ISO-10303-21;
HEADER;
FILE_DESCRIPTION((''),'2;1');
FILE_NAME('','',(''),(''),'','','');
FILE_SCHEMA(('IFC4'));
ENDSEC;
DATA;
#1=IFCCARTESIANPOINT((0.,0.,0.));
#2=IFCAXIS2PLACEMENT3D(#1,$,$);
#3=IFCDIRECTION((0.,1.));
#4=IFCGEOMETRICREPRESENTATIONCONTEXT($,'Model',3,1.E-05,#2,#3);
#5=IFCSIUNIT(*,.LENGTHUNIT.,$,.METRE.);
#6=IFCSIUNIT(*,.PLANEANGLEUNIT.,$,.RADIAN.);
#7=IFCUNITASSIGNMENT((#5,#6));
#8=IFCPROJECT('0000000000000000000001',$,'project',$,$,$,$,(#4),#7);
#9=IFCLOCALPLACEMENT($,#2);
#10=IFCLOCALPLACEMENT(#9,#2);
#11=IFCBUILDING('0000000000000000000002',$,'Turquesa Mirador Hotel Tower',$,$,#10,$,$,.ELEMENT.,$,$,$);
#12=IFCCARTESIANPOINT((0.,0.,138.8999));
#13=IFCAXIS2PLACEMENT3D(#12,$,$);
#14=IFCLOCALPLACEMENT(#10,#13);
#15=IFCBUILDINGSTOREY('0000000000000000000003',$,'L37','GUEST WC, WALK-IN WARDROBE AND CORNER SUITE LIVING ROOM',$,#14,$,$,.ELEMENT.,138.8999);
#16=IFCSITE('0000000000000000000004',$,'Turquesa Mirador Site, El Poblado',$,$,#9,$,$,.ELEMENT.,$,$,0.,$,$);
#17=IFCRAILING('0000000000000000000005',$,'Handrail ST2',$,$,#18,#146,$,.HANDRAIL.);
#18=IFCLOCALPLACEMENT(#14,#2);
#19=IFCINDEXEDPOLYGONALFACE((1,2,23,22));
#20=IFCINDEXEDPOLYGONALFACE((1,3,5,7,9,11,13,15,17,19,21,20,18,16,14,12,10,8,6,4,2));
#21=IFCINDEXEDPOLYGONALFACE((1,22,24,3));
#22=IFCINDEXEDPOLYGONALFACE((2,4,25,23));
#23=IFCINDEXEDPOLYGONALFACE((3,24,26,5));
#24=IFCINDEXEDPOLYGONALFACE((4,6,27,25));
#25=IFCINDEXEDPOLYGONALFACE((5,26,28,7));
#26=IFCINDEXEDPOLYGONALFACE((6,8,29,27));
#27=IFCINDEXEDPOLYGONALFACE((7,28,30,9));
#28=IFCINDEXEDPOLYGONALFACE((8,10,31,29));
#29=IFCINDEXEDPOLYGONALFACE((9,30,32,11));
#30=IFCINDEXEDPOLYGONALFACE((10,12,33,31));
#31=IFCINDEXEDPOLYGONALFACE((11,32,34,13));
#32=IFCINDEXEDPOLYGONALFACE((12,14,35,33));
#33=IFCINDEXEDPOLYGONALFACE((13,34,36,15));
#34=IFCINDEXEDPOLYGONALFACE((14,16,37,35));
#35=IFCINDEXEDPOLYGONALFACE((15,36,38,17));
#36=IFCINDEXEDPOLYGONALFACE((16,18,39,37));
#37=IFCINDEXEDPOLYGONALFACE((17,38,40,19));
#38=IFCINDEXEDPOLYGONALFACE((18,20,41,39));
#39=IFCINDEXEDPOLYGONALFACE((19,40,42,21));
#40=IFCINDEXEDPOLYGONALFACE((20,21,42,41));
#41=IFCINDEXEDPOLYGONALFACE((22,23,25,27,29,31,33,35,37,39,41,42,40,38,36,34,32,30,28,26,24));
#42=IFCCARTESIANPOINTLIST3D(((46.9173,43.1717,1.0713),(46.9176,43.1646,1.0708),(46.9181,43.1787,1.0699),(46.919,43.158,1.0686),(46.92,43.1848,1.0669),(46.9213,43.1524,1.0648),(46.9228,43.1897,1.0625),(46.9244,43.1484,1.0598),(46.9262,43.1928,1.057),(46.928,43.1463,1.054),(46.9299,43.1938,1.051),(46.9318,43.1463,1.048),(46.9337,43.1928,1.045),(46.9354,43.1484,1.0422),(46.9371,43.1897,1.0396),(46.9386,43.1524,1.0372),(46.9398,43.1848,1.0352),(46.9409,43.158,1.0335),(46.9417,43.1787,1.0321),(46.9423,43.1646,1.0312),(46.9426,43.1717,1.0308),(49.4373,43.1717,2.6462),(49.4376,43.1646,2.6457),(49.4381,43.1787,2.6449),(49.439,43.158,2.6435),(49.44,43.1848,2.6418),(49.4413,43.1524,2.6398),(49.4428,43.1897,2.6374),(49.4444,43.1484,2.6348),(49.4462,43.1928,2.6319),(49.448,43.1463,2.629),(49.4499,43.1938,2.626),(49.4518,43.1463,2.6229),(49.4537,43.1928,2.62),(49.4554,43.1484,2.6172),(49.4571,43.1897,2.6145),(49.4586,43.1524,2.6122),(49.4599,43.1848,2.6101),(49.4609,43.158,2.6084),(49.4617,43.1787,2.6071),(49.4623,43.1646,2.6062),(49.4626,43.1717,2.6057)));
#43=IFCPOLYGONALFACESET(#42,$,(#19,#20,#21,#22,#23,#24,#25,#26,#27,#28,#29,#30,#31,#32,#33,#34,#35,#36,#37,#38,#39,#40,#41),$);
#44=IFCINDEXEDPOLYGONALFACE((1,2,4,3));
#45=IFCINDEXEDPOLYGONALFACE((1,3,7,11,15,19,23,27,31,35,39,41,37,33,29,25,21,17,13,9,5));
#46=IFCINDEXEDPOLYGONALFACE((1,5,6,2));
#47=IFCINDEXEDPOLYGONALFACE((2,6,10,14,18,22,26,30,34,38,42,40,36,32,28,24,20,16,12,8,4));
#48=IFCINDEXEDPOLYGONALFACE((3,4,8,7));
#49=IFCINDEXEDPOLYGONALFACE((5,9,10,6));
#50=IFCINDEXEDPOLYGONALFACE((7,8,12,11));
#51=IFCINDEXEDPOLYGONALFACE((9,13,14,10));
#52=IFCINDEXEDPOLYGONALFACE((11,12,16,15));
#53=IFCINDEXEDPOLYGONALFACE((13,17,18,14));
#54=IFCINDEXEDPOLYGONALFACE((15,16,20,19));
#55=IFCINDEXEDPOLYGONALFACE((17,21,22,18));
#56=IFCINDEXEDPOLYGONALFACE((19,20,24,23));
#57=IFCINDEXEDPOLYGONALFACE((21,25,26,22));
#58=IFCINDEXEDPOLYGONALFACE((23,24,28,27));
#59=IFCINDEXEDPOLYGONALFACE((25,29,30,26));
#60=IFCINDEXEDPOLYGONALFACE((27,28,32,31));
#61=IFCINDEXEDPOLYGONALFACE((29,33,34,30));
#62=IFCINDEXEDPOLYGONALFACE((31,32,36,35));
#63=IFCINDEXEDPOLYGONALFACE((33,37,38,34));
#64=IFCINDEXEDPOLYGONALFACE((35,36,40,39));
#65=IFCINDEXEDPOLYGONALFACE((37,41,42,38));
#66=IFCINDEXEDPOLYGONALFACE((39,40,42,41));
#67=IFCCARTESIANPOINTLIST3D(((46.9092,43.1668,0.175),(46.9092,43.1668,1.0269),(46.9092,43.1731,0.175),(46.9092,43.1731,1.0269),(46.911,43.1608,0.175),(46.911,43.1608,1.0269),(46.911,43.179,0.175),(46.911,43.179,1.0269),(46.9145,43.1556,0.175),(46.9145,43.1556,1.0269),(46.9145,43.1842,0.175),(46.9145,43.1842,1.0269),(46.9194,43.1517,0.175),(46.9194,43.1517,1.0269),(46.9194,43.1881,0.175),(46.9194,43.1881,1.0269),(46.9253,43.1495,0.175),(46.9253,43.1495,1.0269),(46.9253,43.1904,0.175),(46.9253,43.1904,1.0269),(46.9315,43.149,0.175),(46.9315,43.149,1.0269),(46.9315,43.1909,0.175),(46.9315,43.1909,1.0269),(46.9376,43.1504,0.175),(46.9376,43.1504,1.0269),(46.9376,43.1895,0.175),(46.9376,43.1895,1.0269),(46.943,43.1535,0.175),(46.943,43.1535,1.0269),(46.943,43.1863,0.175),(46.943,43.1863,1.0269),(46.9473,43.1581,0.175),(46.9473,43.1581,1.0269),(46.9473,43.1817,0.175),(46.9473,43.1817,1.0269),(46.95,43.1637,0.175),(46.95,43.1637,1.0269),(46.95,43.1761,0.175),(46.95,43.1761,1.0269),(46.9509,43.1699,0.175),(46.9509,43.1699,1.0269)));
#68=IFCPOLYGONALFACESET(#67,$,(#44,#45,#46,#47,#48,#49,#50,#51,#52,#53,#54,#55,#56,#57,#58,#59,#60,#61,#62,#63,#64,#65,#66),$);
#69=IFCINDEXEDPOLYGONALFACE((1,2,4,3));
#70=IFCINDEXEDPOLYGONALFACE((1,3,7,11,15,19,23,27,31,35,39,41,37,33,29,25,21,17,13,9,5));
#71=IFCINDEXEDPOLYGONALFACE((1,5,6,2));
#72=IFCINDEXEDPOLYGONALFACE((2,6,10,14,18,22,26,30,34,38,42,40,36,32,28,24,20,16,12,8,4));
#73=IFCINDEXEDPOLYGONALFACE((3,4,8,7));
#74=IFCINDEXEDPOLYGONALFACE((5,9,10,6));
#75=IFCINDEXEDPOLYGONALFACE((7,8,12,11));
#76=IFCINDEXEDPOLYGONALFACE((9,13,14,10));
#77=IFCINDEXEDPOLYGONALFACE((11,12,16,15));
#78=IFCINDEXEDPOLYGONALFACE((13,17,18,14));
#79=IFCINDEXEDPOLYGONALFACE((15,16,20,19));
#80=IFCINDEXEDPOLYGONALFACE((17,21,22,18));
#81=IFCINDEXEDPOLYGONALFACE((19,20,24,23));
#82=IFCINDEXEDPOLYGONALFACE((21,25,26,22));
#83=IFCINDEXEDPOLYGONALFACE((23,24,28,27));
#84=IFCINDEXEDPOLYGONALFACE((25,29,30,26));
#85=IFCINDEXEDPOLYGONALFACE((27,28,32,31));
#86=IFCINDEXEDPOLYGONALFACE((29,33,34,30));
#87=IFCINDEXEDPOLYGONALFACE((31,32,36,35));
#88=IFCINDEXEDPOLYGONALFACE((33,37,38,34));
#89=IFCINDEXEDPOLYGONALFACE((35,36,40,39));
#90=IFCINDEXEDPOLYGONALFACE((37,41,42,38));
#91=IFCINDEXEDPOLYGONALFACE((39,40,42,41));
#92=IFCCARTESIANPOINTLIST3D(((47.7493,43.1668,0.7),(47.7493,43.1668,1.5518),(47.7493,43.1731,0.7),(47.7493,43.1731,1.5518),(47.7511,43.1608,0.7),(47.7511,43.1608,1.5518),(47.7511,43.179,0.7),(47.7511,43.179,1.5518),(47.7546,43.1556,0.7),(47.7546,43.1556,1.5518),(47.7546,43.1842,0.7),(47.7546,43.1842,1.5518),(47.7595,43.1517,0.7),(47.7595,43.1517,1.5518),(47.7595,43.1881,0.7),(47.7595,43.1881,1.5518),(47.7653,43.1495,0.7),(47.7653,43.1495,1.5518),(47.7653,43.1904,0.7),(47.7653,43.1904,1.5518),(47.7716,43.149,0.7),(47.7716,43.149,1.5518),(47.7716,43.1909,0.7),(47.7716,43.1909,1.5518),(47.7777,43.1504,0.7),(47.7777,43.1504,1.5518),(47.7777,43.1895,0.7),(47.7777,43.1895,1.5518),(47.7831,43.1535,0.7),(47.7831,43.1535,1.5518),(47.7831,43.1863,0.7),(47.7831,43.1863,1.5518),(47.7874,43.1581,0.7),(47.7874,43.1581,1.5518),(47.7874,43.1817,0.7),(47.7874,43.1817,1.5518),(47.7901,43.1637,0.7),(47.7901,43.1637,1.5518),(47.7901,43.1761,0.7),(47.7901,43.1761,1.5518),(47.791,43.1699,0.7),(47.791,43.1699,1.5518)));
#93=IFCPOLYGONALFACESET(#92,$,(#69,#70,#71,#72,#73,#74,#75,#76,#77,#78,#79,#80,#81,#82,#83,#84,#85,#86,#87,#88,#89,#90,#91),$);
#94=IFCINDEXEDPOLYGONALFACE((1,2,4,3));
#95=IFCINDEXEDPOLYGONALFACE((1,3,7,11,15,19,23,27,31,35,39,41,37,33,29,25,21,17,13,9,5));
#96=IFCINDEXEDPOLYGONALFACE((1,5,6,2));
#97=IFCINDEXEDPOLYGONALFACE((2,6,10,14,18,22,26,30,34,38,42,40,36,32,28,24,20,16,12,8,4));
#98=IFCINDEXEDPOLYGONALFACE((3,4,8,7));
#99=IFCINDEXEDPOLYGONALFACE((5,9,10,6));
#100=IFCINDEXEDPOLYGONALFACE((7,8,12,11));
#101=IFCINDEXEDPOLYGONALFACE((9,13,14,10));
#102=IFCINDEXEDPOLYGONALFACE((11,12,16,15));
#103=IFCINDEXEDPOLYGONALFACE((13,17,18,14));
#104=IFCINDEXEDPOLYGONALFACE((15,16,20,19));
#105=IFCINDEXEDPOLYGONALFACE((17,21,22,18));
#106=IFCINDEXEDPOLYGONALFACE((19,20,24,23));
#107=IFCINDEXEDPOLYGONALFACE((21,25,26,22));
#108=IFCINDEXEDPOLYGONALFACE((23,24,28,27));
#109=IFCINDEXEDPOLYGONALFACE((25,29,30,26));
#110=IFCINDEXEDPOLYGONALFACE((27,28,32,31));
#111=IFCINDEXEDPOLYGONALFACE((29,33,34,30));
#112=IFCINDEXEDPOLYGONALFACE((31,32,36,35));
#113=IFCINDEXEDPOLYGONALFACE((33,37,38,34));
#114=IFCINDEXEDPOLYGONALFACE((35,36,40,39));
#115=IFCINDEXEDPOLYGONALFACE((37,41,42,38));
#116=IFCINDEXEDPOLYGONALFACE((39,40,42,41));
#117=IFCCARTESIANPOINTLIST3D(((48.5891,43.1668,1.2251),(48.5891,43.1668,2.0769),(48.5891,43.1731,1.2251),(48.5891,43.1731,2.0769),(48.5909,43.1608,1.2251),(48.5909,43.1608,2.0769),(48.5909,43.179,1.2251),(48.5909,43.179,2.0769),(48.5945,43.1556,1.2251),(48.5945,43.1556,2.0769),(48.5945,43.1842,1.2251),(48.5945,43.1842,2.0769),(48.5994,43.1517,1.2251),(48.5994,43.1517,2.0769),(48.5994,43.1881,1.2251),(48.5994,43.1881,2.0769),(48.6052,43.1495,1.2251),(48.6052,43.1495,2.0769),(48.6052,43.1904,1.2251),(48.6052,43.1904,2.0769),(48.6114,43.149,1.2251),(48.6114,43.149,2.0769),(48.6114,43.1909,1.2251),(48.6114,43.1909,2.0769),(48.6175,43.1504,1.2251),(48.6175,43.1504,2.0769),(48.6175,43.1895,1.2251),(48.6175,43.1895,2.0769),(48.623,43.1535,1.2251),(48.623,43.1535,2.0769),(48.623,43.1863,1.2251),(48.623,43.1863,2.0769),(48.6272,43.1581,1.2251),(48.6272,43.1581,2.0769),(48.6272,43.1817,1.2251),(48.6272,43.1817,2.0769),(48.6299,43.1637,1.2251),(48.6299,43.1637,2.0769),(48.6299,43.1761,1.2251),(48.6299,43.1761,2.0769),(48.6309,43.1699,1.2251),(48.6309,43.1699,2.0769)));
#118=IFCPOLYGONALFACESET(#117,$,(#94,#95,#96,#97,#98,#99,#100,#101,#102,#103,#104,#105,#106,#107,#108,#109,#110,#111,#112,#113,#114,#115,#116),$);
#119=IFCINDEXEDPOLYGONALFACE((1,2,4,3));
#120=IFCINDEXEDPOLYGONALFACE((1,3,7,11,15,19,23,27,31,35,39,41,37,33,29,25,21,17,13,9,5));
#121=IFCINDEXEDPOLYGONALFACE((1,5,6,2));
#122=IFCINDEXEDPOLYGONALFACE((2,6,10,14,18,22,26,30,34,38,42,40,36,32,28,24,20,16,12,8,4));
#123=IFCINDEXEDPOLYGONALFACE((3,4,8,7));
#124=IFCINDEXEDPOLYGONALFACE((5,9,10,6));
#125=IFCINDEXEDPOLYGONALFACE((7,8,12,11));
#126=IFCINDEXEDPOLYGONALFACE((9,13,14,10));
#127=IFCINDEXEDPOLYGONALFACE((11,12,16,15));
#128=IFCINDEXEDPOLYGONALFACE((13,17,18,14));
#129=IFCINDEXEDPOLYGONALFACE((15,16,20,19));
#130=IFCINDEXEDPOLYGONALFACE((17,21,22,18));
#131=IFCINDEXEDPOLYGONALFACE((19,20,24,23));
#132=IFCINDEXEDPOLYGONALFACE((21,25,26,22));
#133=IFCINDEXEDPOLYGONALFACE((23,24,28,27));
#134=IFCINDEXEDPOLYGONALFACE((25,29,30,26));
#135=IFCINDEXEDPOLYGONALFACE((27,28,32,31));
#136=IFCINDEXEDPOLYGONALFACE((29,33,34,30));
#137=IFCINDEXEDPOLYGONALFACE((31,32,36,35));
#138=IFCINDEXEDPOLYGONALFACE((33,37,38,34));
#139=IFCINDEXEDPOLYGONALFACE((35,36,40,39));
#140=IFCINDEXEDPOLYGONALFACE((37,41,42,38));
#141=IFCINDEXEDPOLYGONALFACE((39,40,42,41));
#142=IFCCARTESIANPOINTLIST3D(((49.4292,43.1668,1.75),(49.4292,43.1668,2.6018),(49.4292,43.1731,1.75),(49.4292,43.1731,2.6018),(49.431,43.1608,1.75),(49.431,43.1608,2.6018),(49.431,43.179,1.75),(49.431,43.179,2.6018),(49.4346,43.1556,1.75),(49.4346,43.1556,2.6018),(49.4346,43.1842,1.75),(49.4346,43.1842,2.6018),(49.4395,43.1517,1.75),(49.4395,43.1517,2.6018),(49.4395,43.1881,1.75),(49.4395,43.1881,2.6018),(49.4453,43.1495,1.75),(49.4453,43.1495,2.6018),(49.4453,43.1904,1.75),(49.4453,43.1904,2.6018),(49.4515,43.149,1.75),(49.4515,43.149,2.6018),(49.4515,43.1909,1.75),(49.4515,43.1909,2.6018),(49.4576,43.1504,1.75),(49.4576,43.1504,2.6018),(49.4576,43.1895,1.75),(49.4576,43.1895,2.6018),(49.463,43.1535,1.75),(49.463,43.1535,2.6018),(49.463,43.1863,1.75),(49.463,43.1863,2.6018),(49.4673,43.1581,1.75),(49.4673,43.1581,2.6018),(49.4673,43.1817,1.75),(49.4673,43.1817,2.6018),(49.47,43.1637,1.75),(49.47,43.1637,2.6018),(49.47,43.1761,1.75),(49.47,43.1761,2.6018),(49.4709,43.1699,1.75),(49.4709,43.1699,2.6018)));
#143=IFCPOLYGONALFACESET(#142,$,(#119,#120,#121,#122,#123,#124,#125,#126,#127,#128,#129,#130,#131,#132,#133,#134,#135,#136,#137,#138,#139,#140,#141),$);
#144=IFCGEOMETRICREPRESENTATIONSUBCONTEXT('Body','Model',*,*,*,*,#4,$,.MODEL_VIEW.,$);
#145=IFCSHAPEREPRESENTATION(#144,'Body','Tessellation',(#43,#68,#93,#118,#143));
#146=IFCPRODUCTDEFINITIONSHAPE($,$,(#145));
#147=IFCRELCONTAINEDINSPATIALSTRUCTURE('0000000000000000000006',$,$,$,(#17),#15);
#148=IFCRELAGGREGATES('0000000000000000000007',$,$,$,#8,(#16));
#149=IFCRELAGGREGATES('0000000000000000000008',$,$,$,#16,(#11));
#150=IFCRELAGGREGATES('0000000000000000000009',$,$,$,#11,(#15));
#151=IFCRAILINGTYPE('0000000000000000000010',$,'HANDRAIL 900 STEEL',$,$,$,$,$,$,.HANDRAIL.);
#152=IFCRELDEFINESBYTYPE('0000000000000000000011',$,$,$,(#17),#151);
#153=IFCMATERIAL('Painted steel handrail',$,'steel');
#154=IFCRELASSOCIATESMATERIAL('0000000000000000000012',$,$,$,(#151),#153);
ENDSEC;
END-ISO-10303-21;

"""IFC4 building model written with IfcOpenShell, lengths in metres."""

from ifc_helpers import new_model, si_unit, direction, frame, origin, origin_2d, place, context, subcontext, project, spatial, circle, extrude, material, type_object, element, save


model = new_model("IFC4")

# Units and contexts
model_context = context("Model", 3, precision=1e-05, world=origin(), true_north=direction((0.0, 1.0)))
body_context = subcontext(model_context, "Body", "Model", "MODEL_VIEW")
ifc_project = project(units=[si_unit("LENGTHUNIT", "METRE"), si_unit("PLANEANGLEUNIT", "RADIAN")], contexts=[model_context])

# Site, building, storey
site_placement = place(None, origin())
site = spatial("IfcSite", under=ifc_project, at=site_placement, Name="Turquesa Mirador Site, El Poblado", CompositionType="ELEMENT", RefElevation=0.0)
building_placement = place(site_placement, origin())
building = spatial("IfcBuilding", under=site, at=building_placement, Name="Turquesa Mirador Hotel Tower", CompositionType="ELEMENT")
storey_placement = place(building_placement, frame((0.0, 0.0, 138.8999)))
storey = spatial("IfcBuildingStorey", under=building, at=storey_placement, Name="L37", Description="GUEST WC, WALK-IN WARDROBE AND CORNER SUITE LIVING ROOM", CompositionType="ELEMENT", Elevation=138.8999)

# Railing
ifc_material_1 = material(Name="Painted steel handrail", Category="steel")
railing_type = type_object("IfcRailingType", Name="HANDRAIL 900 STEEL", PredefinedType="HANDRAIL", material=ifc_material_1)
for number, where, name in (
    (1, (46.9299, 43.1699, 0.175), "Handrail ST2"),
):
    element("IfcRailing", number, at=place(storey_placement, frame(where)), inside=storey, type_object=railing_type, Name=name, PredefinedType="HANDRAIL", context=body_context, shape_type="SweptSolid", body=[
        extrude(circle(Radius=0.0239, at=origin_2d()), frame((0.0, 0.0, 0.876), z_axis=(0.848008, 0.0, 0.529984), x_axis=(0.0, 1.0, 0.0)), (0.0, 0.0, 1.0), 2.9717),
        extrude(circle(Radius=0.021, at=origin_2d()), origin(), (0.0, 0.0, 1.0), 0.8518),
        extrude(circle(Radius=0.021, at=origin_2d()), frame((0.8401, 0.0, 0.5249)), (0.0, 0.0, 1.0), 0.8518),
        extrude(circle(Radius=0.021, at=origin_2d()), frame((1.6799, 0.0, 1.05)), (0.0, 0.0, 1.0), 0.8518),
        extrude(circle(Radius=0.021, at=origin_2d()), frame((2.52, 0.0, 1.575)), (0.0, 0.0, 1.0), 0.8518),
    ])

save(model, "model.ifc")
